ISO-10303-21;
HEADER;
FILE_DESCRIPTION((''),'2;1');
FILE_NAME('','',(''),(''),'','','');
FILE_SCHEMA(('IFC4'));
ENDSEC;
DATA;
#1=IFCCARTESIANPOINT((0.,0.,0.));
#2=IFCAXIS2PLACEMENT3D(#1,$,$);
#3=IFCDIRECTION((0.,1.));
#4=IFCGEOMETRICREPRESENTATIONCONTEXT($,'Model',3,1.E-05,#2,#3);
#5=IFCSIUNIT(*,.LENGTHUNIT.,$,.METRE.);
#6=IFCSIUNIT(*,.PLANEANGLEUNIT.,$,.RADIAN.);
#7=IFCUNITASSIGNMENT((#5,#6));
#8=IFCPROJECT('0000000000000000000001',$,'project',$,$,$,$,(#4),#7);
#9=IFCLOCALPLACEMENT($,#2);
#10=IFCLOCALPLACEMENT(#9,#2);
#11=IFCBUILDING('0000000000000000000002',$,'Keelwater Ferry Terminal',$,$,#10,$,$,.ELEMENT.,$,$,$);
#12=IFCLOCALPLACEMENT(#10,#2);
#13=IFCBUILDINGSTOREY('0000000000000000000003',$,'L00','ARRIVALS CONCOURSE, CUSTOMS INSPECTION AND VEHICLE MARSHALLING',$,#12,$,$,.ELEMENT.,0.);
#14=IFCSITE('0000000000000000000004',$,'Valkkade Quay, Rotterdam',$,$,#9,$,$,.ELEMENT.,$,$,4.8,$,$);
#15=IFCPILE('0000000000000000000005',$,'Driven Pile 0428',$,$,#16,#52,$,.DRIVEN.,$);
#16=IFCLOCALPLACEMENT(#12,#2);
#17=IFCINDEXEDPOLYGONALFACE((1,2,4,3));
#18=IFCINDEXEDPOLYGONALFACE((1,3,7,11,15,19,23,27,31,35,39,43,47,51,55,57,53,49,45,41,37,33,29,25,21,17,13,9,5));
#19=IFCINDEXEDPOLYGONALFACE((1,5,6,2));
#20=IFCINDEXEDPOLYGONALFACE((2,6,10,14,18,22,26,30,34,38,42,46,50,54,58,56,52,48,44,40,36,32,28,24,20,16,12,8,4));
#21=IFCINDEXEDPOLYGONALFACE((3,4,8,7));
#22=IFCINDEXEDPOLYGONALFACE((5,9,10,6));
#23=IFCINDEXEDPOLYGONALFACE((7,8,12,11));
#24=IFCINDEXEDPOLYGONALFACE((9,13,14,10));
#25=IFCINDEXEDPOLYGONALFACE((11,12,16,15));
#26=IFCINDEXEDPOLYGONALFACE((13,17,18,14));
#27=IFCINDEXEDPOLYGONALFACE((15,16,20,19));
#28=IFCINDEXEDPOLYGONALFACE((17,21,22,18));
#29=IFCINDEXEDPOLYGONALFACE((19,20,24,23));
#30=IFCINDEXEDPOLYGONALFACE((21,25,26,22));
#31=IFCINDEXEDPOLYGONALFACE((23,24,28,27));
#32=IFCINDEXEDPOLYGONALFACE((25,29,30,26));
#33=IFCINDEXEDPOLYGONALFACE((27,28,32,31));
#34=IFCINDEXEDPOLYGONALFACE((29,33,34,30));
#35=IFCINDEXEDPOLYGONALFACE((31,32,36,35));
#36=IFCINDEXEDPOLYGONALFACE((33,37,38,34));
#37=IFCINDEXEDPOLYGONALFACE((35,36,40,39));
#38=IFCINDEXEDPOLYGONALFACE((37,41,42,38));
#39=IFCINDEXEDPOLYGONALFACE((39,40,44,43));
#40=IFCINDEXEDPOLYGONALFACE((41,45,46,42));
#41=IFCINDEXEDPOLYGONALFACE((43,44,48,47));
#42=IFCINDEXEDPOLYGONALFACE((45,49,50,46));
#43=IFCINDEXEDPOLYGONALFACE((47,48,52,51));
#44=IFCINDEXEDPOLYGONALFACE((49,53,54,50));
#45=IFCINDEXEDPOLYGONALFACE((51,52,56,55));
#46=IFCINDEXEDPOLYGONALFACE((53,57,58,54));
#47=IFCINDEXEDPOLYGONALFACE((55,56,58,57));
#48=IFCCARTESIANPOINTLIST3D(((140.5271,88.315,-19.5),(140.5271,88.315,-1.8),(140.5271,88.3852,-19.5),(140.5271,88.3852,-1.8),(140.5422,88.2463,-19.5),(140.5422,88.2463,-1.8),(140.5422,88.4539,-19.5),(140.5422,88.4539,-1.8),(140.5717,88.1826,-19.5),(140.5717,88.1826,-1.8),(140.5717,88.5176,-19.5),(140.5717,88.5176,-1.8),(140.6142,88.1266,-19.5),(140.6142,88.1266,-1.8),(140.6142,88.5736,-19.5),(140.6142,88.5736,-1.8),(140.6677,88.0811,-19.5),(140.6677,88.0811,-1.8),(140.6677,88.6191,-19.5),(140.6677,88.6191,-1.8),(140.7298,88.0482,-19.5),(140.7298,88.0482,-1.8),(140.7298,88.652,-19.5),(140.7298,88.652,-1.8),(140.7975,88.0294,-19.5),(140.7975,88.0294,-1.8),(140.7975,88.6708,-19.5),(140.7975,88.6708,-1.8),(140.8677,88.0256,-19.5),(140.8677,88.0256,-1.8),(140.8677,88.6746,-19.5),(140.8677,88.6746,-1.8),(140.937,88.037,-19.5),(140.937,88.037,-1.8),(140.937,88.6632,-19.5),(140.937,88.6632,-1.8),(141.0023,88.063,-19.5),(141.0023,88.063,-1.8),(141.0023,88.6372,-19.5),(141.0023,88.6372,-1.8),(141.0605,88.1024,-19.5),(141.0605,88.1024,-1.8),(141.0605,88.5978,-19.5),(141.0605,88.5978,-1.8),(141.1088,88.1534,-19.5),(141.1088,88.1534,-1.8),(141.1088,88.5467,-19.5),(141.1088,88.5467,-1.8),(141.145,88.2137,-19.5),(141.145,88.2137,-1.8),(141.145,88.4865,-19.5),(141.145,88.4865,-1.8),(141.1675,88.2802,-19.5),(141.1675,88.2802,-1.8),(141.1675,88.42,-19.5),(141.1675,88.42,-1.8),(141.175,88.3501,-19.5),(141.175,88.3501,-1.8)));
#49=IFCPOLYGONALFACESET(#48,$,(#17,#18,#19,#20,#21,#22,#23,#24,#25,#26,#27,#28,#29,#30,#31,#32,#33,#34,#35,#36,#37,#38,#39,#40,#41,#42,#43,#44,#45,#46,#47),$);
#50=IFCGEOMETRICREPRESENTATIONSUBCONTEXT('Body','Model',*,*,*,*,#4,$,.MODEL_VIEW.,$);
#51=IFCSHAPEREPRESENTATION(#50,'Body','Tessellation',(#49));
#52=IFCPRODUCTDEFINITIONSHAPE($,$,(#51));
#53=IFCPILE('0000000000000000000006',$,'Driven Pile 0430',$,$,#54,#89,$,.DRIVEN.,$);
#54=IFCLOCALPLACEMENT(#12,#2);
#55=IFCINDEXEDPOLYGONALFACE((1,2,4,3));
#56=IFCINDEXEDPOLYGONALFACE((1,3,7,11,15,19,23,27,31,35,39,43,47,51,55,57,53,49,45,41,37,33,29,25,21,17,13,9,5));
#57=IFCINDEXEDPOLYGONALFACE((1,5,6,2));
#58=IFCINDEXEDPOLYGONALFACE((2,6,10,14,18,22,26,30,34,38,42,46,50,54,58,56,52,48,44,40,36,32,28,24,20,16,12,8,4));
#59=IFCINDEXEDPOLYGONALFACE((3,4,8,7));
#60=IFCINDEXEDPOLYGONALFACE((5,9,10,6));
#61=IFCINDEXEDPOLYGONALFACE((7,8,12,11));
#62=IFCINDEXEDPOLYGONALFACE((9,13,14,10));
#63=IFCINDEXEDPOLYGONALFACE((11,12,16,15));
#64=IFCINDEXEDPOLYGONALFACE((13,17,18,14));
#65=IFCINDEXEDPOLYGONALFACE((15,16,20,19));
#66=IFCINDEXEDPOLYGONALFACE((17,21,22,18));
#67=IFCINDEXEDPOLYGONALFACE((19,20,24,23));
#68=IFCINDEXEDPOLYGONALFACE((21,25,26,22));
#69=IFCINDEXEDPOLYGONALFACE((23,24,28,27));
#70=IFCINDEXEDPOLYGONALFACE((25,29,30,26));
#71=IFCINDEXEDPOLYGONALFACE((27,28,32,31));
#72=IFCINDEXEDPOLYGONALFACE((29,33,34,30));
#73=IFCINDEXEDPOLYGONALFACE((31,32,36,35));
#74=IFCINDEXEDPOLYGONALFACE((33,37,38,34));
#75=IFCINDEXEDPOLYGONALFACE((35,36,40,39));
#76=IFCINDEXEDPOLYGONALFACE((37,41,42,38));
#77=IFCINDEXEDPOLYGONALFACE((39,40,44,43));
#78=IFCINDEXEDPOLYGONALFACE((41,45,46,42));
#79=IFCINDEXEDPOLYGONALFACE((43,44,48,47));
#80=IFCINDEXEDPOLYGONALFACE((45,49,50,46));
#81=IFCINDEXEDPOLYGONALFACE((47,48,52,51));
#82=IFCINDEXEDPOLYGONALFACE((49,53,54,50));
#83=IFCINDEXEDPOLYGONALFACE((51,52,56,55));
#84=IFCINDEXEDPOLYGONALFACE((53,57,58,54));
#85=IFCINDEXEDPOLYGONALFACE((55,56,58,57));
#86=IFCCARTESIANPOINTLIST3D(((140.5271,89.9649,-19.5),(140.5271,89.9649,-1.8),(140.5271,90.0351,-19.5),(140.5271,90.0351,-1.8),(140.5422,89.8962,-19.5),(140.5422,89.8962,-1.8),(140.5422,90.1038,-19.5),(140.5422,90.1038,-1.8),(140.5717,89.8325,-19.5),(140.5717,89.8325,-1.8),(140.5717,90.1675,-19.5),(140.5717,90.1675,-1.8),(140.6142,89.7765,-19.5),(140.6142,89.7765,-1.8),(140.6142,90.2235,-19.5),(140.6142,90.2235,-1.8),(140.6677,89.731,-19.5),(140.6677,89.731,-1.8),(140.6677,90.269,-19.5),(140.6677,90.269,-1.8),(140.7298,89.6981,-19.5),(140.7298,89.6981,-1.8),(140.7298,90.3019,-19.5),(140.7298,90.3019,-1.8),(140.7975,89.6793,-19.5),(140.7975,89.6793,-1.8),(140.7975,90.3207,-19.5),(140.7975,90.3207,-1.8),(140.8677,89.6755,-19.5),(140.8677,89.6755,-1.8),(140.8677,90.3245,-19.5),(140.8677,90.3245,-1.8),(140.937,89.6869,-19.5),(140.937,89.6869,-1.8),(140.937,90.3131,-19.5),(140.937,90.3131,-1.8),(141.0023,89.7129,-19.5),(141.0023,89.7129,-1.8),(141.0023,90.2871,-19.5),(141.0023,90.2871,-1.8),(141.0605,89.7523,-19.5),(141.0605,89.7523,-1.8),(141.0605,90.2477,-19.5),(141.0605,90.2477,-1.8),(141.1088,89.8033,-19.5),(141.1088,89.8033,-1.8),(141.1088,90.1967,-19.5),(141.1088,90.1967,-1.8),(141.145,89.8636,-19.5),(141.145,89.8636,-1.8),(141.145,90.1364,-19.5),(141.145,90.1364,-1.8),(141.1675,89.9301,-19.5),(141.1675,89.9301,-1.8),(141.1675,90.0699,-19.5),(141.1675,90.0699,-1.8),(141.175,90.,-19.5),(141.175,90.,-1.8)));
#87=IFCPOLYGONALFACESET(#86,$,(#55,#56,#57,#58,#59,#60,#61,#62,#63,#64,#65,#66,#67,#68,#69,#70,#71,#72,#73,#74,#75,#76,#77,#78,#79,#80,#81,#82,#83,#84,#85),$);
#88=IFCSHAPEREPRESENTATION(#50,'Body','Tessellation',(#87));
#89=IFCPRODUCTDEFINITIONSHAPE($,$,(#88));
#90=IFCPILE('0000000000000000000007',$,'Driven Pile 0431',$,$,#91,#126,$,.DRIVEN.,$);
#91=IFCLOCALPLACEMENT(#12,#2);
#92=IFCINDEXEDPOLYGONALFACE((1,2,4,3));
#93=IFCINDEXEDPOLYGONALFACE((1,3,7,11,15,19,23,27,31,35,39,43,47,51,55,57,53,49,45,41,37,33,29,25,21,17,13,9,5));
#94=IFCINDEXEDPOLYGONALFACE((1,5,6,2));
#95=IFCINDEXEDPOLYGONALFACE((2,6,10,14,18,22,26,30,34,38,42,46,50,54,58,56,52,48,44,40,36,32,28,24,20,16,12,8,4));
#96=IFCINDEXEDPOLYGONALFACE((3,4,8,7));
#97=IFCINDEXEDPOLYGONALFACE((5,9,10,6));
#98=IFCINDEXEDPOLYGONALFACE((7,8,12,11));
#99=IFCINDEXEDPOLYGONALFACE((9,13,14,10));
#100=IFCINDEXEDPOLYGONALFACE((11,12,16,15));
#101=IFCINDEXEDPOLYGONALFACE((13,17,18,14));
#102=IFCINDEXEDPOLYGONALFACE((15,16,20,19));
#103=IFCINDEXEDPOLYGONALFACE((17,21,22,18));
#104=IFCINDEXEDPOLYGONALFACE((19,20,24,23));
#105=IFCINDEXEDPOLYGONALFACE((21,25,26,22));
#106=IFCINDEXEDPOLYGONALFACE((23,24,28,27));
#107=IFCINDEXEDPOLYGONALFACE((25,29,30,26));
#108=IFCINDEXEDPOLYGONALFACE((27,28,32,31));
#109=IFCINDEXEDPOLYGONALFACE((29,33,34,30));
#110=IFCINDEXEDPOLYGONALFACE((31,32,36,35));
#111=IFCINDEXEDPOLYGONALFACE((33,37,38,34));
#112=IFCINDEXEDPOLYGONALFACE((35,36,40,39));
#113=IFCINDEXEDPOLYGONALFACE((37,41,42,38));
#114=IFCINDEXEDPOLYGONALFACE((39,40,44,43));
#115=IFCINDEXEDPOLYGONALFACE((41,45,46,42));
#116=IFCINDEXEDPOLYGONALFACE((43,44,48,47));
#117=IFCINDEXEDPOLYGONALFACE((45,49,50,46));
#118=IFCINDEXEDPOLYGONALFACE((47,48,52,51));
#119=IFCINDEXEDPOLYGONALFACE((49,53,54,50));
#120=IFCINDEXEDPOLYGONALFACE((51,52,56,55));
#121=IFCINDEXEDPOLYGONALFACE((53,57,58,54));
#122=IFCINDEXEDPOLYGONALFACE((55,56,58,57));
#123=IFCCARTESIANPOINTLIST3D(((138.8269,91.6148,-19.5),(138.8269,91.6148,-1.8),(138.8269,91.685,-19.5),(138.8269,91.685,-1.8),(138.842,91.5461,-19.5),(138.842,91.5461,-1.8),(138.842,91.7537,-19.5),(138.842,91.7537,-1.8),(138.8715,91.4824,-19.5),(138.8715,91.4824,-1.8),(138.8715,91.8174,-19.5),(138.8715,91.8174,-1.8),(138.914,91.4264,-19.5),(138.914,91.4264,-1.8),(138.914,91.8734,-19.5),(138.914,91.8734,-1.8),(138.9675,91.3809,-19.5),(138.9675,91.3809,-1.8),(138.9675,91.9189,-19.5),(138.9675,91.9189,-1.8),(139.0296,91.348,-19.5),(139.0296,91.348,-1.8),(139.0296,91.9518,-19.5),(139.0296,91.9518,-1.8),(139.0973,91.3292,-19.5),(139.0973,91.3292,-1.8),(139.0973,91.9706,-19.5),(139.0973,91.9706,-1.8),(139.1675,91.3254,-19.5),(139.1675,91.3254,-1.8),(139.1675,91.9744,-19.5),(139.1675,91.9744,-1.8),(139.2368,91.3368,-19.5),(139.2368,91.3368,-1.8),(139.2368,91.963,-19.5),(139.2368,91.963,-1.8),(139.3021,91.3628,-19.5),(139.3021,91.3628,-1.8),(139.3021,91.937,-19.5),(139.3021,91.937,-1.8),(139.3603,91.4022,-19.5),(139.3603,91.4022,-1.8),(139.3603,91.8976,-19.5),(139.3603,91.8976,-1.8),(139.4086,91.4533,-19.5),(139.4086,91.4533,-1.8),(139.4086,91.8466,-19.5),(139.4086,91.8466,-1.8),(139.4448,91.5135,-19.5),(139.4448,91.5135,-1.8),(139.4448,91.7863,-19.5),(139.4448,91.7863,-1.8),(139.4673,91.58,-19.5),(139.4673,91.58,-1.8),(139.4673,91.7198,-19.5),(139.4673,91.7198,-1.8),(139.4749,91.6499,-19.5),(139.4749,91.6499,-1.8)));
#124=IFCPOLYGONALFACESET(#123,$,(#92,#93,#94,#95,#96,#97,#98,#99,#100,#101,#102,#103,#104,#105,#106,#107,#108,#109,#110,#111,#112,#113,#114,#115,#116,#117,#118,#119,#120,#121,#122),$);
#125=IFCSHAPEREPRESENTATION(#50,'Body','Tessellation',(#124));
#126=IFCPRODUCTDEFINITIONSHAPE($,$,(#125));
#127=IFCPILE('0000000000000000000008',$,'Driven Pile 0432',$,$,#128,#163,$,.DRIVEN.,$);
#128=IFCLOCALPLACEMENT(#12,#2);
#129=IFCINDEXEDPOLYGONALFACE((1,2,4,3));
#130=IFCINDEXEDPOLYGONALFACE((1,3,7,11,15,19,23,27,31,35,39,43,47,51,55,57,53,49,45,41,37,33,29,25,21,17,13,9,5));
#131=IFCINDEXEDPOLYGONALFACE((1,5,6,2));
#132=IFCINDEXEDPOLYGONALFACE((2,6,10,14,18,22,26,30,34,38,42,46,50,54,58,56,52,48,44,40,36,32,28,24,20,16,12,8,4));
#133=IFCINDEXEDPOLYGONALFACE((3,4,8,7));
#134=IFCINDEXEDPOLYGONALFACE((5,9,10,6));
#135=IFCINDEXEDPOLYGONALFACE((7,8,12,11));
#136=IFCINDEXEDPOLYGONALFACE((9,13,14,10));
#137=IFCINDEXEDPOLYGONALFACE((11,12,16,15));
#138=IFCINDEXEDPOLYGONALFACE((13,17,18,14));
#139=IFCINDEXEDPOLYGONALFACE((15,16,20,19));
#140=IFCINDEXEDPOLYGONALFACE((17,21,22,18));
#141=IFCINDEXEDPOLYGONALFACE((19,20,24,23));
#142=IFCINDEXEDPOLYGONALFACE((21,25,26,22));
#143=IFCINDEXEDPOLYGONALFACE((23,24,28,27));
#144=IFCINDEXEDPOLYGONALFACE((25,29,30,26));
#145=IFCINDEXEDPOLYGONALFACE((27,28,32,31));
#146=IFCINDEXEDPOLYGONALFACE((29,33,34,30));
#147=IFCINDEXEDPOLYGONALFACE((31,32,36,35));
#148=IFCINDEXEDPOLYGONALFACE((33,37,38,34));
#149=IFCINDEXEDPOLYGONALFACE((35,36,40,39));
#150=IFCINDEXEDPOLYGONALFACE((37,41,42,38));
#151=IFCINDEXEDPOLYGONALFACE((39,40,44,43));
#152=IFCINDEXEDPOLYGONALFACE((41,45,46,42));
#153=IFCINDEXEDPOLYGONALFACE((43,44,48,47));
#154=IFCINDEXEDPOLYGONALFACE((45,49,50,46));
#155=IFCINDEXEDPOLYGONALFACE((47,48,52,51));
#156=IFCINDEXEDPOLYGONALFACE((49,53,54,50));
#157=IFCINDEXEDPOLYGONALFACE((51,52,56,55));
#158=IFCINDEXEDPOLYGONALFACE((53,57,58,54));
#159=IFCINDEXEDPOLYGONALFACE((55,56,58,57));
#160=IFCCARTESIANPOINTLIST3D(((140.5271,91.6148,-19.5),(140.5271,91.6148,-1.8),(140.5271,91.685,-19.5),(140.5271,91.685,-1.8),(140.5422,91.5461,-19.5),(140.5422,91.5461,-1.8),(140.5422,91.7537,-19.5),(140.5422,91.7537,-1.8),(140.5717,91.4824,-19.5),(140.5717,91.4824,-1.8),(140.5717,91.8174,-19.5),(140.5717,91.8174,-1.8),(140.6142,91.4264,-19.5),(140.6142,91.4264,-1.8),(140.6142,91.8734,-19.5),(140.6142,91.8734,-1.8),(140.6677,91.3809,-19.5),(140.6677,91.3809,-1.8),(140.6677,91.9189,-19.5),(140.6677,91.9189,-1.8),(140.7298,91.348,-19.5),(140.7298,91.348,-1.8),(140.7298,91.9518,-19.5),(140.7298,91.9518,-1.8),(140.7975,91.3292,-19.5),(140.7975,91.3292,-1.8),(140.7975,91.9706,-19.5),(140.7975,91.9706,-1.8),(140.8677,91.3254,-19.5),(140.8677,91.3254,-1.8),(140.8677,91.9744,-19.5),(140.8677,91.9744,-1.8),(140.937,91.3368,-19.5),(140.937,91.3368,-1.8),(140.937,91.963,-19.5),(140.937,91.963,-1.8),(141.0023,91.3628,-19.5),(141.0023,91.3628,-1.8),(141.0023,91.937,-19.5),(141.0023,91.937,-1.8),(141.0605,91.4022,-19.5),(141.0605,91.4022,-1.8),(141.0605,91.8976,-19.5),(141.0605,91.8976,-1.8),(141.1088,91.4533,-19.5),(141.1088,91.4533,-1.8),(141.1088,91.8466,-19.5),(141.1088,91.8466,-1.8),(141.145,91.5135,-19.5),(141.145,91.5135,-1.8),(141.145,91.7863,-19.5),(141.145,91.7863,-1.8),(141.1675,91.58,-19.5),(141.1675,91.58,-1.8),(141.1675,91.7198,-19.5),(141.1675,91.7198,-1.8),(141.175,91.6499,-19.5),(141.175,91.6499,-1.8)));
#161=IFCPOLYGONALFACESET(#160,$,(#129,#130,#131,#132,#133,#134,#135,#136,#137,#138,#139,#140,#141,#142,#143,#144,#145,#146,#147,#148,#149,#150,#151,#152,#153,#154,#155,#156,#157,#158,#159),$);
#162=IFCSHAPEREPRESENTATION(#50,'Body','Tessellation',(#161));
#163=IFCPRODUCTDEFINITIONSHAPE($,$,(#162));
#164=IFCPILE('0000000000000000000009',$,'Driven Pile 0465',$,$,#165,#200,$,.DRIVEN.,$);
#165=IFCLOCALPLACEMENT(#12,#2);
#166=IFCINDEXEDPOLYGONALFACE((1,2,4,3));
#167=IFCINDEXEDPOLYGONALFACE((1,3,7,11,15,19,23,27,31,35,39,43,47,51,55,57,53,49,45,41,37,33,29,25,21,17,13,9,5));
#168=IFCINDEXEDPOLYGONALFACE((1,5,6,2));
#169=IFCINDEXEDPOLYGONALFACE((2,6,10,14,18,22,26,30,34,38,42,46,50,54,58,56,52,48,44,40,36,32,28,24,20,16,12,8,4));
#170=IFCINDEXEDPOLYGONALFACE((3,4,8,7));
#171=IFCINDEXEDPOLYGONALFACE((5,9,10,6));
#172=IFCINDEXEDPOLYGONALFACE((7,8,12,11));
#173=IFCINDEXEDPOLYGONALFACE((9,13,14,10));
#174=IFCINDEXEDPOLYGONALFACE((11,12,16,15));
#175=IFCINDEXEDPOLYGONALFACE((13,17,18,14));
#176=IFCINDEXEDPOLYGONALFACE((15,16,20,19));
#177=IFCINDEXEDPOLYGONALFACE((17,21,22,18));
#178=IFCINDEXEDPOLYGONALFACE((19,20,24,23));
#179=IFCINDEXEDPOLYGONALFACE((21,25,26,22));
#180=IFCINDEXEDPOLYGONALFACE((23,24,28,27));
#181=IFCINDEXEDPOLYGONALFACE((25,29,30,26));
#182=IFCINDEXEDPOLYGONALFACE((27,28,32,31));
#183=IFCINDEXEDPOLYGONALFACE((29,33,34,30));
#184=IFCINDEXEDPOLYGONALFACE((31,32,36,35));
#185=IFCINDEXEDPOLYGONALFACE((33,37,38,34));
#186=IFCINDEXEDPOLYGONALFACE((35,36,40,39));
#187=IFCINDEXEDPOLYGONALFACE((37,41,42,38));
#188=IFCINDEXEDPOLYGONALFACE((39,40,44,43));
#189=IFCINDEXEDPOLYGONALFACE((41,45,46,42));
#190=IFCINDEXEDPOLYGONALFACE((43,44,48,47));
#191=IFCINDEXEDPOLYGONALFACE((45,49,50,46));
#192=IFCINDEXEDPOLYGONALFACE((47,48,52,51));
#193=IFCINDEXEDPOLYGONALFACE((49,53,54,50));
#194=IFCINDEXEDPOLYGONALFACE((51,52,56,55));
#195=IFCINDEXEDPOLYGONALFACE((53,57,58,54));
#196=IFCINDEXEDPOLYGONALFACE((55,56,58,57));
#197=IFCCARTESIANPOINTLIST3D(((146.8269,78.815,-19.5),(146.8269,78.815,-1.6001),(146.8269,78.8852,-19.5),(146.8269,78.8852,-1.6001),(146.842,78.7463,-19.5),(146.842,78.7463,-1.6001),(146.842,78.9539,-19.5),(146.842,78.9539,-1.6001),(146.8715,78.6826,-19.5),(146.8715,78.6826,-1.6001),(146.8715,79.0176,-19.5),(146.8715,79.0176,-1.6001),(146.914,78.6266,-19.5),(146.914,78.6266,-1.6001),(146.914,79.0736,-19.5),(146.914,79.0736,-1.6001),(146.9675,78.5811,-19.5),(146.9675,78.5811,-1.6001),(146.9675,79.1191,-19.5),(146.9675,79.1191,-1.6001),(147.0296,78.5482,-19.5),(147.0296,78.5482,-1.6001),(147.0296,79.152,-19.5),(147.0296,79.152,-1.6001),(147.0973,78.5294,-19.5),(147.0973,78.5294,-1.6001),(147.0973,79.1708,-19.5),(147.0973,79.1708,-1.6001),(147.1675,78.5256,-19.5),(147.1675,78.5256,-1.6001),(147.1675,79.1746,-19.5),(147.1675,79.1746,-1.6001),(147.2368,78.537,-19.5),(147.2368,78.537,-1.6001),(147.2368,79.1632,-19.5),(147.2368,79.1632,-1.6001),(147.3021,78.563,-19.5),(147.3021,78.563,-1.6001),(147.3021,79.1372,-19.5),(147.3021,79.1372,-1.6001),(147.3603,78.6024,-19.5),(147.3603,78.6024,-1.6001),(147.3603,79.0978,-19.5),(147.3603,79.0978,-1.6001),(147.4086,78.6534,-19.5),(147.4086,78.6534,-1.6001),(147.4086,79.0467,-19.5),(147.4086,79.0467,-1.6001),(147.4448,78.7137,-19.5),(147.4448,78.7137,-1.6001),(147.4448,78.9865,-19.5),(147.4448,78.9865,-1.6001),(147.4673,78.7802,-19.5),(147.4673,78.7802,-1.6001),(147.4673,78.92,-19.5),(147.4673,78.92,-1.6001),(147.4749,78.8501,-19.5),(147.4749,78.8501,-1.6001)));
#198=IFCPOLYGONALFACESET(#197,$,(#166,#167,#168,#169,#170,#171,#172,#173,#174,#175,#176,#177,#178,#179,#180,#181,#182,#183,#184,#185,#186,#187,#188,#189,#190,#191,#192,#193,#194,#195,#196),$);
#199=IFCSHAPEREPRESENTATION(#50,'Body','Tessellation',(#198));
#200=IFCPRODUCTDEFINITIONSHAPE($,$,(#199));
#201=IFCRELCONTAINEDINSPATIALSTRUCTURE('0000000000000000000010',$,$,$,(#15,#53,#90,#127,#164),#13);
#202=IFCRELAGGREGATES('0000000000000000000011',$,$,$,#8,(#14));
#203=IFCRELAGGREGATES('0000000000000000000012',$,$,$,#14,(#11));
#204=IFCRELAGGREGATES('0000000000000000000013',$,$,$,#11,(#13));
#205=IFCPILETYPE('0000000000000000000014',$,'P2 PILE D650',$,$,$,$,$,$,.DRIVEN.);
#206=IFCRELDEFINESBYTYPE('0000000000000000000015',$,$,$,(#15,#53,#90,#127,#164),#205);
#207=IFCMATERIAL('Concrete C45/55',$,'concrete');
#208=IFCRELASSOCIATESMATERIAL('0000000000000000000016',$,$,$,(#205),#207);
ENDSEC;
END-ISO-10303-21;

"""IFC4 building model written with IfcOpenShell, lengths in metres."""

from ifc_helpers import new_model, si_unit, direction, frame, origin, origin_2d, place, context, subcontext, project, spatial, circle, extrude, material, material_profile, profile_set, type_object, element, save


model = new_model("IFC4")

# Units and contexts
model_context = context("Model", 3, precision=1e-05, world=origin(), true_north=direction((0.0, 1.0)))
body_context = subcontext(model_context, "Body", "Model", "MODEL_VIEW")
ifc_project = project(units=[si_unit("LENGTHUNIT", "METRE"), si_unit("PLANEANGLEUNIT", "RADIAN")], contexts=[model_context])

# Site, building, storey
site_placement = place(None, origin())
site = spatial("IfcSite", under=ifc_project, at=site_placement, Name="Valkkade Quay, Rotterdam", CompositionType="ELEMENT", RefElevation=4.8)
building_placement = place(site_placement, origin())
building = spatial("IfcBuilding", under=site, at=building_placement, Name="Keelwater Ferry Terminal", CompositionType="ELEMENT")
storey_placement = place(building_placement, origin())
storey = spatial("IfcBuildingStorey", under=building, at=storey_placement, Name="L00", Description="ARRIVALS CONCOURSE, CUSTOMS INSPECTION AND VEHICLE MARSHALLING", CompositionType="ELEMENT", Elevation=0.0)

# Piles
ifc_material_1 = material(Name="Concrete C45/55", Category="concrete")
ifc_material_profile_1 = material_profile(ifc_material_1, circle(Radius=0.325, at=origin_2d()), Name="PILE D650")
ifc_profile_set_1 = profile_set([ifc_material_profile_1], Name="Concrete C45/55")
pile_type_1 = type_object("IfcPileType", Name="P2 PILE D650", PredefinedType="DRIVEN", material=ifc_profile_set_1)
for number, where, z_axis, x_axis, name in (
    (1, (140.8501, 88.3501, -1.8), (0.0, 0.0, -1.0), (1.0, 0.0, 0.0), "Driven Pile 0428"),
    (2, (140.8501, 90.0, -1.8), (0.0, 0.0, -1.0), (1.0, 0.0, 0.0), "Driven Pile 0430"),
    (3, (139.1499, 91.6499, -1.8), (0.0, 0.0, -1.0), (1.0, 0.0, 0.0), "Driven Pile 0431"),
    (4, (140.8501, 91.6499, -1.8), (0.0, 0.0, -1.0), (1.0, 0.0, 0.0), "Driven Pile 0432"),
):
    element("IfcPile", number, at=place(storey_placement, frame(where, z_axis=z_axis, x_axis=x_axis)), inside=storey, type_object=pile_type_1, Name=name, PredefinedType="DRIVEN", context=body_context, shape_type="SweptSolid", body=[
        extrude(circle(Radius=0.325, at=origin_2d()), origin(), (0.0, 0.0, 1.0), 17.7),
    ])
pile_placement = place(storey_placement, frame((147.1499, 78.8501, -1.6001), z_axis=(0.0, 0.0, -1.0), x_axis=(1.0, 0.0, 0.0)))
element("IfcPile", 5, at=pile_placement, inside=storey, type_object=pile_type_1, Name="Driven Pile 0465", PredefinedType="DRIVEN", context=body_context, shape_type="SweptSolid", body=[
    extrude(circle(Radius=0.325, at=origin_2d()), origin(), (0.0, 0.0, 1.0), 17.8999),
])

save(model, "model.ifc")
